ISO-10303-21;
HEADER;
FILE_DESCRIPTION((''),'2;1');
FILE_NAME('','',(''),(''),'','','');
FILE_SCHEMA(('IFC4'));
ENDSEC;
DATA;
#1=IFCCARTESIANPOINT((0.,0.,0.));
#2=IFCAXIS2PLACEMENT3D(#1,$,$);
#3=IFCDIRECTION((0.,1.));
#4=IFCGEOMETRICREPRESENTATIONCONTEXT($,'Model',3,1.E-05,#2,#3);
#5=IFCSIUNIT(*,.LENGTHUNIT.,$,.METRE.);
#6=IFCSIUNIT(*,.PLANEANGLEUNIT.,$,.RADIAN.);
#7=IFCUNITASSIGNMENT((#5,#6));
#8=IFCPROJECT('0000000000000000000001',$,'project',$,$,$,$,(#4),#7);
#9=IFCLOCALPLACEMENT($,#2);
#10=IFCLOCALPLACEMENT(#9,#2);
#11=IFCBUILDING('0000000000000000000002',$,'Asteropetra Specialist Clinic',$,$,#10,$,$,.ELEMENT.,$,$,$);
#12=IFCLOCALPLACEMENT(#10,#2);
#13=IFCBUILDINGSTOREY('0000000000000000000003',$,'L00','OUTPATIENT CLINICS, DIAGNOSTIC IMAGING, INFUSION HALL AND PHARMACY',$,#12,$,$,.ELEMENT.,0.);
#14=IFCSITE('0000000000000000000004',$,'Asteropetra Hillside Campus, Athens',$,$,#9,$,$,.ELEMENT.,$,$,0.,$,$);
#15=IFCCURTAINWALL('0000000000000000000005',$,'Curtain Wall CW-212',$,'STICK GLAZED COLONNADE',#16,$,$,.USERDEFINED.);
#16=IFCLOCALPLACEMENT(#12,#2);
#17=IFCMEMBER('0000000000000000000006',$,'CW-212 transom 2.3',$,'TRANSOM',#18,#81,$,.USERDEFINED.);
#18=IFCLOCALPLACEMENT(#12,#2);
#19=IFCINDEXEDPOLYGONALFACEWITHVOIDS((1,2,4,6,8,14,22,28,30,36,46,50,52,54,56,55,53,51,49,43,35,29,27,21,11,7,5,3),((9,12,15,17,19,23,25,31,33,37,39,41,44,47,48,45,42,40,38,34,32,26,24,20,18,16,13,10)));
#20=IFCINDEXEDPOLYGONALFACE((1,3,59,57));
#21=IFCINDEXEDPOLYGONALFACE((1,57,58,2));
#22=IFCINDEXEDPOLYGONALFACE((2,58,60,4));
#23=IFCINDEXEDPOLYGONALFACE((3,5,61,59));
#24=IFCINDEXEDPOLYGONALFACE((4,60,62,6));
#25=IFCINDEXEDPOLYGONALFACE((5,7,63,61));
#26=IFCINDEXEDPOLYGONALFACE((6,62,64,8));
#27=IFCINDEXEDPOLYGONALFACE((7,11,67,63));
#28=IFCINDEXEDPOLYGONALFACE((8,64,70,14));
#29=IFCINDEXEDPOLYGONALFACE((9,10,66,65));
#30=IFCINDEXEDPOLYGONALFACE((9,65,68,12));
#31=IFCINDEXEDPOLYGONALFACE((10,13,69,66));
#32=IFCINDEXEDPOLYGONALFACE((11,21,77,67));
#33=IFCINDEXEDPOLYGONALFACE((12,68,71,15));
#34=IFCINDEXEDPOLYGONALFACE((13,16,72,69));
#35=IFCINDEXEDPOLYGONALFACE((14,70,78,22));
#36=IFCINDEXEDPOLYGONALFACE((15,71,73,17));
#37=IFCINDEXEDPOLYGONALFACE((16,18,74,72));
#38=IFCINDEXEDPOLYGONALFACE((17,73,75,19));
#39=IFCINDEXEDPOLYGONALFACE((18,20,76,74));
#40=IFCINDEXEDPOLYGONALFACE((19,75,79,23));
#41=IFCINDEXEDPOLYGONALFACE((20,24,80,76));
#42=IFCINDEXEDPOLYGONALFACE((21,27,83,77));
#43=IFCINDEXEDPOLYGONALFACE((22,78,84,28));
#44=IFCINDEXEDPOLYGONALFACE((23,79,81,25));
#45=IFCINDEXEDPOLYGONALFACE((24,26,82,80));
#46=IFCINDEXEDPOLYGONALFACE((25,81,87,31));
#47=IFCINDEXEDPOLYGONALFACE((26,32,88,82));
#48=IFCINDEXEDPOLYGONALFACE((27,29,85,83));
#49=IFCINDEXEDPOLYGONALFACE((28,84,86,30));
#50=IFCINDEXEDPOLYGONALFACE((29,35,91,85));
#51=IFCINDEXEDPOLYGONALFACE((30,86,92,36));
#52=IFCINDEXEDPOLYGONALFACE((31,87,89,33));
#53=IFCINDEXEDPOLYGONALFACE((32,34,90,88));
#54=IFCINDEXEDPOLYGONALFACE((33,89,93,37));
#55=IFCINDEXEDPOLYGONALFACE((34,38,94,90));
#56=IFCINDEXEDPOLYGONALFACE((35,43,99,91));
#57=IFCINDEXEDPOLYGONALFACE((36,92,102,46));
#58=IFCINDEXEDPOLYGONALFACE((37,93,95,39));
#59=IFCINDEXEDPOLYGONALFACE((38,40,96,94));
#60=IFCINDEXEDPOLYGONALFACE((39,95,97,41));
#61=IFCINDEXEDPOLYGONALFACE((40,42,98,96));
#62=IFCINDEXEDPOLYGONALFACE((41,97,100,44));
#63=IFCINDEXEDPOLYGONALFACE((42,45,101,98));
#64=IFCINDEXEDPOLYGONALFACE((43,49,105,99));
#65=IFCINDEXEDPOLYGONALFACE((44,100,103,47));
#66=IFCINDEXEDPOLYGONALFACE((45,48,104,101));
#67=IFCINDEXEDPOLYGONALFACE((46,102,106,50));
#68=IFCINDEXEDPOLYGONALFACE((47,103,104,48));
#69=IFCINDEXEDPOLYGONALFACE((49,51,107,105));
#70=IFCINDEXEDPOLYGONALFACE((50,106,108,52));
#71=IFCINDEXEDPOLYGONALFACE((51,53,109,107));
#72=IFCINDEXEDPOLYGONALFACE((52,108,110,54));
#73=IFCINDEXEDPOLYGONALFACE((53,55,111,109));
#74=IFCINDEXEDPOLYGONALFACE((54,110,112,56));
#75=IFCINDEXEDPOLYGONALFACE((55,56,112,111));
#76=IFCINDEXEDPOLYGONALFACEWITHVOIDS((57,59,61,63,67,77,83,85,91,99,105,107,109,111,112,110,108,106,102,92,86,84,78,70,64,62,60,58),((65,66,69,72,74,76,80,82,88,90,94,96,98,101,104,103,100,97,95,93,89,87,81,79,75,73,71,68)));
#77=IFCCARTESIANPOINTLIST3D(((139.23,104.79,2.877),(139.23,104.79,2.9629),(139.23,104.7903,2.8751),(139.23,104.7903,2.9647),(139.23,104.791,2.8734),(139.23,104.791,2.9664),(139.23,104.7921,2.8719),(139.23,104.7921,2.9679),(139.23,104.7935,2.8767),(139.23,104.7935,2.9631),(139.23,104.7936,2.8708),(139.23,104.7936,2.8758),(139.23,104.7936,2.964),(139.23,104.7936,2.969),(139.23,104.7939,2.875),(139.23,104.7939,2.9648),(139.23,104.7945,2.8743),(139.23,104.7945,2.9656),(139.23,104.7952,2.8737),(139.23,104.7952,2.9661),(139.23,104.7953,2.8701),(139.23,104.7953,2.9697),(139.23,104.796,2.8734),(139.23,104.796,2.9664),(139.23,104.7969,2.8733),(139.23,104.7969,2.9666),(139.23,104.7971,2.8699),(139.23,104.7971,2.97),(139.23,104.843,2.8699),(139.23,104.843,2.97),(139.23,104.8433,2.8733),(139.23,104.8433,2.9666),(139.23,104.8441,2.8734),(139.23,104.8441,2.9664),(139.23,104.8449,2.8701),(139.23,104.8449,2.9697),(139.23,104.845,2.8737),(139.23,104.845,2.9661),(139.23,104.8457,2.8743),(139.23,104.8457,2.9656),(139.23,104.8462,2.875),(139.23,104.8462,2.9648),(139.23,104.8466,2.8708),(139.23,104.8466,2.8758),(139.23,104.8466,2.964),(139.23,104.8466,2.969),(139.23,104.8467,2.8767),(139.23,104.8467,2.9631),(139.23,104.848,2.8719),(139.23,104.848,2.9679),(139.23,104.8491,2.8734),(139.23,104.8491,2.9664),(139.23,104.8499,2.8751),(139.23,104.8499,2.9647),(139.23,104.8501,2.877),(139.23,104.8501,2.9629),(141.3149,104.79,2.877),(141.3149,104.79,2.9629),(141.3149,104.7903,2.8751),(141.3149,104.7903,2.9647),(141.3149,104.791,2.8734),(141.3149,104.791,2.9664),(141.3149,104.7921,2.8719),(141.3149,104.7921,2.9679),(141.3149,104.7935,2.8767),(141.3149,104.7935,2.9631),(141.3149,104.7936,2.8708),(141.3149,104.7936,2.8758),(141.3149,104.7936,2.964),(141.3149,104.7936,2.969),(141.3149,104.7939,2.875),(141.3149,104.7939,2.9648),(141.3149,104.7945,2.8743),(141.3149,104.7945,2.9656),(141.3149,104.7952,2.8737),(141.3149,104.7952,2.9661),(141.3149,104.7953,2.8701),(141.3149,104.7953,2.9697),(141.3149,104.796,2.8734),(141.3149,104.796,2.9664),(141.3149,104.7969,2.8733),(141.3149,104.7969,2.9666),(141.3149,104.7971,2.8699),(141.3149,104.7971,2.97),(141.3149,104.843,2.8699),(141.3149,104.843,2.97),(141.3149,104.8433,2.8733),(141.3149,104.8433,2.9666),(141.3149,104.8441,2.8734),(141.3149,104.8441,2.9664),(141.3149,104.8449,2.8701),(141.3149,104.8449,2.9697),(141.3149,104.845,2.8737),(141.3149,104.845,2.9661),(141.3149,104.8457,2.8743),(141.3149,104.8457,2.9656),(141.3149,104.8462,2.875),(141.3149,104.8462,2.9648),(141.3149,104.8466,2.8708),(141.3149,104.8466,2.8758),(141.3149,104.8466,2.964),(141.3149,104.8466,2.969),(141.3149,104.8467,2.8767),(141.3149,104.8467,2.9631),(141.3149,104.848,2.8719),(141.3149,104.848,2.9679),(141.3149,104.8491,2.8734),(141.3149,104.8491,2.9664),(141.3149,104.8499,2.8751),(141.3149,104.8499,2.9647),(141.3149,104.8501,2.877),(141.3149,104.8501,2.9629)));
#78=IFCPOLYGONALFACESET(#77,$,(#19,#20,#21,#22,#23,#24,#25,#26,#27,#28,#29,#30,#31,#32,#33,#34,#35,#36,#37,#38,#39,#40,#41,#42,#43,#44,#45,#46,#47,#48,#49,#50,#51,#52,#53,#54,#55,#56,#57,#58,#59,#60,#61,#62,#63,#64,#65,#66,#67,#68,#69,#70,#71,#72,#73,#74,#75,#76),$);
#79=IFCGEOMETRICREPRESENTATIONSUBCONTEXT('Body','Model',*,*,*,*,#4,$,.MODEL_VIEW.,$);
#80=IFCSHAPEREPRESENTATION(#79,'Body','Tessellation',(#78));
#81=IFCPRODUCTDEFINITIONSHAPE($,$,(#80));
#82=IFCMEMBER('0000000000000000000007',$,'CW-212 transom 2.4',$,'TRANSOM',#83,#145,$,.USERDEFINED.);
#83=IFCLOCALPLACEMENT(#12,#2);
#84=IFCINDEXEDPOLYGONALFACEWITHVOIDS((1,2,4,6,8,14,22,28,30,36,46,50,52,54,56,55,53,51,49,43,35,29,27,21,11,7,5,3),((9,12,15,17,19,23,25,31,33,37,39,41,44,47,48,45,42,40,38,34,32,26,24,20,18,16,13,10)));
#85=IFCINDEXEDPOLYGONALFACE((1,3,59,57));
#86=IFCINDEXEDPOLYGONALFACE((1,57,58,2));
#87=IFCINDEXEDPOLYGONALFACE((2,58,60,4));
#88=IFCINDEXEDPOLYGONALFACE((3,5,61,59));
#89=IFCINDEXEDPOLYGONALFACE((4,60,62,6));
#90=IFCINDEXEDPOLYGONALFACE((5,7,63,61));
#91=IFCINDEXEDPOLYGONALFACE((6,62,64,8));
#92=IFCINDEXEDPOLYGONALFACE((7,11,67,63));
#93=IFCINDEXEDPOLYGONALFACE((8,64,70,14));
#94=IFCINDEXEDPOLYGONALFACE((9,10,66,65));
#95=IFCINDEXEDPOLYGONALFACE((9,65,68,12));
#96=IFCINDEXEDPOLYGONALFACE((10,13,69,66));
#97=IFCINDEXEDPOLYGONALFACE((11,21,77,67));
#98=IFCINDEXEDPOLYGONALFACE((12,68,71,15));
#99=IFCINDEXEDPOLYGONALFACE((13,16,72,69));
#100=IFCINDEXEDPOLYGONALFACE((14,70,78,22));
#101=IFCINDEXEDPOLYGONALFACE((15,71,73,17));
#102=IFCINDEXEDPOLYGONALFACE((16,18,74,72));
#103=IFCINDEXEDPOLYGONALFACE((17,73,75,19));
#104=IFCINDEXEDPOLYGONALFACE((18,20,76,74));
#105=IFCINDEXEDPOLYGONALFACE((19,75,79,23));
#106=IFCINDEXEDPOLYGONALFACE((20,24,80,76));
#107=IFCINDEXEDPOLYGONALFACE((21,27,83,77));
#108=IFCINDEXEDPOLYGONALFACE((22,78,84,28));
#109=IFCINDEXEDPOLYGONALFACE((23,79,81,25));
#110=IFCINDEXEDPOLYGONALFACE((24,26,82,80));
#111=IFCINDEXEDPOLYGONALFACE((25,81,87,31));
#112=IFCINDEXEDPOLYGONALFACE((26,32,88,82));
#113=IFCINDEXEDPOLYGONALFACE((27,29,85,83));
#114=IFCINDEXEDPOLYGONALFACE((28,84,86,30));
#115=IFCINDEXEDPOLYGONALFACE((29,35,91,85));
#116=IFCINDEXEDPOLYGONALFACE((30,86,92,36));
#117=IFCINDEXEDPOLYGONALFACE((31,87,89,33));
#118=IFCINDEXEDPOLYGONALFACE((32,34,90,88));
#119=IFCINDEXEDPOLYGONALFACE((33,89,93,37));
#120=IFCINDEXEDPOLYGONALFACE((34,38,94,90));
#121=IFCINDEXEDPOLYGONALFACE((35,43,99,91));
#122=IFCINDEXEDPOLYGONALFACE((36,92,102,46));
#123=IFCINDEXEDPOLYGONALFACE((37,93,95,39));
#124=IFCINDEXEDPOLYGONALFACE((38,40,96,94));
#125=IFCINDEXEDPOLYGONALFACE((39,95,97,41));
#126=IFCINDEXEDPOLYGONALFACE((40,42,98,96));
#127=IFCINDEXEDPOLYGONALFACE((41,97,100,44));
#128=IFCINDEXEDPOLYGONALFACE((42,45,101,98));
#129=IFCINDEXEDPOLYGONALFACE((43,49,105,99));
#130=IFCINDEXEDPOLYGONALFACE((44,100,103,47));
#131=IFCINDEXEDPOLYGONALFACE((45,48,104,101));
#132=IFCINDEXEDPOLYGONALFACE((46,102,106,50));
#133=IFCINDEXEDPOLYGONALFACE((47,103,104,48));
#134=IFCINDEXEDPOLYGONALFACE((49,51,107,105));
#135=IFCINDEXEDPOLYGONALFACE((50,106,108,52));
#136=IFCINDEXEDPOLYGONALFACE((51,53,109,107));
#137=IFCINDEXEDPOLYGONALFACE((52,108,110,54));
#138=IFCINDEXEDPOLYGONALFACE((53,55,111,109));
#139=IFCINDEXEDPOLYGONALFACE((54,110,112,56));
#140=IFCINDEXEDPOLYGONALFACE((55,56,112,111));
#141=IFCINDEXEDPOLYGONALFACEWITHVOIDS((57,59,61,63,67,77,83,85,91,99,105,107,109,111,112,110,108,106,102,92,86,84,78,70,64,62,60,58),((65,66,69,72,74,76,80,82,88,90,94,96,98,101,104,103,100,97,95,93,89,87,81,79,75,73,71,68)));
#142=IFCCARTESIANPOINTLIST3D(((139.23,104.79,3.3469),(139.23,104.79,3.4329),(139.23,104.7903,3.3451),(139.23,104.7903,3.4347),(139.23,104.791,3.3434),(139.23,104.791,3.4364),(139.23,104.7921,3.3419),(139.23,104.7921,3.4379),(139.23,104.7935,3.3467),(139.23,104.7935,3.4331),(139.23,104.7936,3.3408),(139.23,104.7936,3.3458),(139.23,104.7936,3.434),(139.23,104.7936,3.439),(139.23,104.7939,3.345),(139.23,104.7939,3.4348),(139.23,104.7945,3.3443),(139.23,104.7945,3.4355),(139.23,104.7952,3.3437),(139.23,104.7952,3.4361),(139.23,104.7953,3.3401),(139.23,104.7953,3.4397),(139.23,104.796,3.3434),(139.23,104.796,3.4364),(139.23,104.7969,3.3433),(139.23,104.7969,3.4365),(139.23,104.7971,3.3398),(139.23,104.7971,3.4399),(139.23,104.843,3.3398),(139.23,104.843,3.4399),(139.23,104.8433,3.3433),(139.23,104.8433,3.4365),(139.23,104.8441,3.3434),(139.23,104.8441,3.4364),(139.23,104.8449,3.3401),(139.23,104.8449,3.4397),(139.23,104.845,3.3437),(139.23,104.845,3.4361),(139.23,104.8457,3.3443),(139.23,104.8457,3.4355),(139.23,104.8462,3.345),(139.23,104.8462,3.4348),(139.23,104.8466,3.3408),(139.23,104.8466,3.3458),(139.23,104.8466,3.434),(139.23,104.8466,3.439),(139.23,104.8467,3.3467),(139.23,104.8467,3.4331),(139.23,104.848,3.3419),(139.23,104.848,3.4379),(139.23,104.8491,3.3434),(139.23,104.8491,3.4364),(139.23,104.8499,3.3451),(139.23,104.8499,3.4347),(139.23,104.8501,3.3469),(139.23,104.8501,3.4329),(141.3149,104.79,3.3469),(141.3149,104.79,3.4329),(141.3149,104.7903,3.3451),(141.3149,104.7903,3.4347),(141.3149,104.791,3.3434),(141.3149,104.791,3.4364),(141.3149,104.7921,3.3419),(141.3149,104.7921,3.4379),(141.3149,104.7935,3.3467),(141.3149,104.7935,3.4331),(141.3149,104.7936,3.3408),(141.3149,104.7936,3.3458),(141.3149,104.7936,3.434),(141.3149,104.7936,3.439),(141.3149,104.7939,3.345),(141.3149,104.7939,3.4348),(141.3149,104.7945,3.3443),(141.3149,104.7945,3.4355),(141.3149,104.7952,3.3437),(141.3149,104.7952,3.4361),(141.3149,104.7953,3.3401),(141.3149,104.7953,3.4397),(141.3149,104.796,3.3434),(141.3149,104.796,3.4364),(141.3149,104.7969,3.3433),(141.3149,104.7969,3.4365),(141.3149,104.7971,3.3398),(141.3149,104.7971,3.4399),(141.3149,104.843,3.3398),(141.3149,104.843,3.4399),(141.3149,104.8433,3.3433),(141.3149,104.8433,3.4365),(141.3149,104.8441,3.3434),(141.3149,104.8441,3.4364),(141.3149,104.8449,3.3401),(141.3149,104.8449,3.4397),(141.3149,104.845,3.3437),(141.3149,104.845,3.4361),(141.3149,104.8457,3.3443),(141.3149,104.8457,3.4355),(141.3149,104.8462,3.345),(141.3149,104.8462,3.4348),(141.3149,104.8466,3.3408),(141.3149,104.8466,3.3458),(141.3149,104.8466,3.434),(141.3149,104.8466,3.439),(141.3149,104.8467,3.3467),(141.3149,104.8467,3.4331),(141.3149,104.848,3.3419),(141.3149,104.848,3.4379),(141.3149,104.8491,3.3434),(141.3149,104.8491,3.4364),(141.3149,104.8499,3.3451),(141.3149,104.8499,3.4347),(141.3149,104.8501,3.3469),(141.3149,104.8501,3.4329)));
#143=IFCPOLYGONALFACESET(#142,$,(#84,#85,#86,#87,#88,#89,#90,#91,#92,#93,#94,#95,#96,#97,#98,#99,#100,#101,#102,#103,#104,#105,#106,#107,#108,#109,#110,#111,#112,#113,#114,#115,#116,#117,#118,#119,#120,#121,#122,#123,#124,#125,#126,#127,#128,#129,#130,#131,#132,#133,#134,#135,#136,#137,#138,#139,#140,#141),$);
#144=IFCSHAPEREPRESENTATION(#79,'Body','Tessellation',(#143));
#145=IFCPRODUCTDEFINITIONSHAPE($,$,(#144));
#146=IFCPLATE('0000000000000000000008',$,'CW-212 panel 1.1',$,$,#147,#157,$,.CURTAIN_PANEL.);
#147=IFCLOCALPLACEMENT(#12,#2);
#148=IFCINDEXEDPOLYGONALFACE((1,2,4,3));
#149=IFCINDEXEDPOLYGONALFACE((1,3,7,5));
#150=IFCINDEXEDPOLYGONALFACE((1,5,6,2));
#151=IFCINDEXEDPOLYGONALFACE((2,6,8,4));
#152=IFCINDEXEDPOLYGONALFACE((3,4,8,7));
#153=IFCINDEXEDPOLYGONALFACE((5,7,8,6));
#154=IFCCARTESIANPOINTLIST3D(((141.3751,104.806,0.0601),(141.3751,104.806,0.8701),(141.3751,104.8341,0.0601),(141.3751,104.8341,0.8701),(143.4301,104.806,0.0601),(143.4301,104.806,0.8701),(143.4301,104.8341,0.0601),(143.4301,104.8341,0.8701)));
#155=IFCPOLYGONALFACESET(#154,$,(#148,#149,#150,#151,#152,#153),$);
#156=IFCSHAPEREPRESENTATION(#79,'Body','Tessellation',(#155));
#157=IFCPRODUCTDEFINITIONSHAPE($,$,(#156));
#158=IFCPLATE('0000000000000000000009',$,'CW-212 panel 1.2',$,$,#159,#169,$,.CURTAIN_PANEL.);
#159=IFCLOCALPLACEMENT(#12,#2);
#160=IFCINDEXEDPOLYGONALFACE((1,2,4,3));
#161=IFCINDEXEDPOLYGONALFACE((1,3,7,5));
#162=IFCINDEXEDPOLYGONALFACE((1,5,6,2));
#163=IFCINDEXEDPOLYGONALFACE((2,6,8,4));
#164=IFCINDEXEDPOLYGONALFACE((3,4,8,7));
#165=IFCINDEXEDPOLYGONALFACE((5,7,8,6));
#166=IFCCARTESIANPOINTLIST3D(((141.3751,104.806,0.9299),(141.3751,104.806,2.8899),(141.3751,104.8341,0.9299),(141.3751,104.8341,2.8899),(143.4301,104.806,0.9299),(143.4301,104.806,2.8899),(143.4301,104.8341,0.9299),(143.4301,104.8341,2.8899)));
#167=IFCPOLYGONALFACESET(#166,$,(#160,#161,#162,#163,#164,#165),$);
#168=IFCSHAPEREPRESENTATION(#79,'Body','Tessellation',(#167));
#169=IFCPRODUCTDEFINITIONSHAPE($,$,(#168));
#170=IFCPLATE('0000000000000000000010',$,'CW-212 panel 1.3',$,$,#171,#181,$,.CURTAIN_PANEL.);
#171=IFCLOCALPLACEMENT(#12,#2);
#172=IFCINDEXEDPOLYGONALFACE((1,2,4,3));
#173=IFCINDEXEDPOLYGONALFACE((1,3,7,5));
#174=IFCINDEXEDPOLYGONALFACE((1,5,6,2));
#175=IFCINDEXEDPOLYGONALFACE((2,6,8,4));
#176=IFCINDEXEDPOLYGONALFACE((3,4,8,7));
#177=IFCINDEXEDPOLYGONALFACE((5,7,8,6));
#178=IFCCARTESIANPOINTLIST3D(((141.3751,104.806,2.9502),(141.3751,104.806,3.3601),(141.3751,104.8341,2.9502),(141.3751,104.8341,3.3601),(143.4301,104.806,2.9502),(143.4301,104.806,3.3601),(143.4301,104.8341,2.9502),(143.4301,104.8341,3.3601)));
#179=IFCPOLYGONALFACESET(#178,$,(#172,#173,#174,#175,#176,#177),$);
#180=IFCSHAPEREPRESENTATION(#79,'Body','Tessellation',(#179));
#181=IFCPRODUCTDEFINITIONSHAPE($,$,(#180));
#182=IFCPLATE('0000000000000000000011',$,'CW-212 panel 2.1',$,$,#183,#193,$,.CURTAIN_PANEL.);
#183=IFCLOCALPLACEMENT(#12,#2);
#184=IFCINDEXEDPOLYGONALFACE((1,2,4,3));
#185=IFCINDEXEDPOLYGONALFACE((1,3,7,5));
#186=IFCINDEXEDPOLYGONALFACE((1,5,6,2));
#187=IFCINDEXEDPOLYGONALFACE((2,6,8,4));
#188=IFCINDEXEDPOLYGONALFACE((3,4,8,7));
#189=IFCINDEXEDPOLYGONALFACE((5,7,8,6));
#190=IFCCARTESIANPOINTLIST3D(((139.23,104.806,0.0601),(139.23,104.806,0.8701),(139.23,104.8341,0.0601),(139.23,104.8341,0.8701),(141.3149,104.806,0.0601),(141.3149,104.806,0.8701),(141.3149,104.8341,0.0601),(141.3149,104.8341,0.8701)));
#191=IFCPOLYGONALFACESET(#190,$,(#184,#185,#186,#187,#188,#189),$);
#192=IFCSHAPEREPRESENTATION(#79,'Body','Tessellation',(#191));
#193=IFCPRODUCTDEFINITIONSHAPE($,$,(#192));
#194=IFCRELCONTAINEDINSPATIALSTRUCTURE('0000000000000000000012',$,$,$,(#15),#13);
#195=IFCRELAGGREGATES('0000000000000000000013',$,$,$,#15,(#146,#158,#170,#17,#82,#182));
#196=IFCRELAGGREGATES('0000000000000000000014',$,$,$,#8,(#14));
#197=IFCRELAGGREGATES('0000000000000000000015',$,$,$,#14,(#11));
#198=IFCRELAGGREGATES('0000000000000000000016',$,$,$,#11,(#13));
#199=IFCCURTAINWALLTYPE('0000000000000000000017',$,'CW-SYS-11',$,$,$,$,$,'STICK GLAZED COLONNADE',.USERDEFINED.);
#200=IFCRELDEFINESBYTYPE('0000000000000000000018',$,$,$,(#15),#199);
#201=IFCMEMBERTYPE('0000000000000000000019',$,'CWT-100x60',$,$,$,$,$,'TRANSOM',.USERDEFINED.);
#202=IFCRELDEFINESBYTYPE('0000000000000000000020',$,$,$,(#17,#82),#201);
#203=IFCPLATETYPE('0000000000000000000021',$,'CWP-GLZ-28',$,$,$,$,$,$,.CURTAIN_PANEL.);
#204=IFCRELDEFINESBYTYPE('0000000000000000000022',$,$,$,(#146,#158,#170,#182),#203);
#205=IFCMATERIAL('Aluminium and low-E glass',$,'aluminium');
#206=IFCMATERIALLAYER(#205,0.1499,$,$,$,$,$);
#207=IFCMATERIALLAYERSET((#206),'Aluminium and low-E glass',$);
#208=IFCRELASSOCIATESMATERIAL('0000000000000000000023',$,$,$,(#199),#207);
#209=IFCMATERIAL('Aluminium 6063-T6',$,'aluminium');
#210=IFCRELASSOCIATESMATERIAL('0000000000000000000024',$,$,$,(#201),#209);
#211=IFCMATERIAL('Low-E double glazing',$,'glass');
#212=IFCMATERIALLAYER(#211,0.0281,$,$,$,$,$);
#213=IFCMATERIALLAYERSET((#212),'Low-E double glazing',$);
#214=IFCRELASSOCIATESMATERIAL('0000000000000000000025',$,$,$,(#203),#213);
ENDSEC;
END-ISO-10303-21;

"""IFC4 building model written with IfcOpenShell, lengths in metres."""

from ifc_helpers import new_model, si_unit, direction, frame, origin, origin_2d, place, context, subcontext, project, spatial, rectangle, hollow_rectangle, extrude, material, layer, layer_set, material_profile, profile_set, type_object, element, aggregate, save


model = new_model("IFC4")

# Units and contexts
model_context = context("Model", 3, precision=1e-05, world=origin(), true_north=direction((0.0, 1.0)))
body_context = subcontext(model_context, "Body", "Model", "MODEL_VIEW")
ifc_project = project(units=[si_unit("LENGTHUNIT", "METRE"), si_unit("PLANEANGLEUNIT", "RADIAN")], contexts=[model_context])

# Site, building, storey
site_placement = place(None, origin())
site = spatial("IfcSite", under=ifc_project, at=site_placement, Name="Asteropetra Hillside Campus, Athens", CompositionType="ELEMENT", RefElevation=0.0)
building_placement = place(site_placement, origin())
building = spatial("IfcBuilding", under=site, at=building_placement, Name="Asteropetra Specialist Clinic", CompositionType="ELEMENT")
storey_placement = place(building_placement, origin())
storey = spatial("IfcBuildingStorey", under=building, at=storey_placement, Name="L00", Description="OUTPATIENT CLINICS, DIAGNOSTIC IMAGING, INFUSION HALL AND PHARMACY", CompositionType="ELEMENT", Elevation=0.0)

# Curtain wall, members, plates
ifc_material_1 = material(Name="Aluminium and low-E glass", Category="aluminium")
ifc_layer_1 = layer(ifc_material_1, 0.1499)
ifc_layer_set_1 = layer_set([ifc_layer_1], Name="Aluminium and low-E glass")
curtain_wall_type = type_object("IfcCurtainWallType", Name="CW-SYS-11", ElementType="STICK GLAZED COLONNADE", PredefinedType="USERDEFINED", material=ifc_layer_set_1)
curtain_wall_placement = place(storey_placement, origin())
curtain_wall = element("IfcCurtainWall", 1, at=curtain_wall_placement, inside=storey, type_object=curtain_wall_type, Name="Curtain Wall CW-212", ObjectType="STICK GLAZED COLONNADE", PredefinedType="USERDEFINED")
ifc_material_2 = material(Name="Aluminium 6063-T6", Category="aluminium")
ifc_material_profile_1 = material_profile(ifc_material_2, hollow_rectangle(XDim=0.0601, YDim=0.1001, WallThickness=0.0034, InnerFilletRadius=0.0034, OuterFilletRadius=0.0071, at=origin_2d()), Name="TRN 100x60x3.5")
ifc_profile_set_1 = profile_set([ifc_material_profile_1], Name="Aluminium 6063-T6")
member_type_1 = type_object("IfcMemberType", Name="CWT-100x60", ElementType="TRANSOM", PredefinedType="USERDEFINED", material=ifc_profile_set_1)
member_1_placement = place(storey_placement, frame((141.3149, 104.8201, 2.9199), z_axis=(-1.0, 0.0, 0.0), x_axis=(0.0, -1.0, 0.0)))
member_1 = element("IfcMember", 2, at=member_1_placement, type_object=member_type_1, Name="CW-212 transom 2.3", ObjectType="TRANSOM", PredefinedType="USERDEFINED", context=body_context, shape_type="SweptSolid", body=[
    extrude(hollow_rectangle(XDim=0.0601, YDim=0.1001, WallThickness=0.0034, InnerFilletRadius=0.0034, OuterFilletRadius=0.0071, at=origin_2d()), origin(), (0.0, 0.0, 1.0), 2.085),
])
member_2_placement = place(storey_placement, frame((141.3149, 104.8201, 3.3899), z_axis=(-1.0, 0.0, 0.0), x_axis=(0.0, -1.0, 0.0)))
member_2 = element("IfcMember", 3, at=member_2_placement, type_object=member_type_1, Name="CW-212 transom 2.4", ObjectType="TRANSOM", PredefinedType="USERDEFINED", context=body_context, shape_type="SweptSolid", body=[
    extrude(hollow_rectangle(XDim=0.0601, YDim=0.1001, WallThickness=0.0034, InnerFilletRadius=0.0034, OuterFilletRadius=0.0071, at=origin_2d()), origin(), (0.0, 0.0, 1.0), 2.085),
])
ifc_material_3 = material(Name="Low-E double glazing", Category="glass")
ifc_layer_2 = layer(ifc_material_3, 0.0281)
ifc_layer_set_2 = layer_set([ifc_layer_2], Name="Low-E double glazing")
plate_type = type_object("IfcPlateType", Name="CWP-GLZ-28", PredefinedType="CURTAIN_PANEL", material=ifc_layer_set_2)
plate_1_placement = place(storey_placement, frame((142.4026, 104.8201, 0.0601), z_axis=(0.0, 0.0, 1.0), x_axis=(-1.0, 0.0, 0.0)))
plate_1 = element("IfcPlate", 4, at=plate_1_placement, type_object=plate_type, Name="CW-212 panel 1.1", PredefinedType="CURTAIN_PANEL", context=body_context, shape_type="SweptSolid", body=[
    extrude(rectangle(XDim=2.0549, YDim=0.0281, at=origin_2d()), origin(), (0.0, 0.0, 1.0), 0.8101),
])
plate_2_placement = place(storey_placement, frame((142.4026, 104.8201, 0.9299), z_axis=(0.0, 0.0, 1.0), x_axis=(-1.0, 0.0, 0.0)))
plate_2 = element("IfcPlate", 5, at=plate_2_placement, type_object=plate_type, Name="CW-212 panel 1.2", PredefinedType="CURTAIN_PANEL", context=body_context, shape_type="SweptSolid", body=[
    extrude(rectangle(XDim=2.0549, YDim=0.0281, at=origin_2d()), origin(), (0.0, 0.0, 1.0), 1.96),
])
plate_3_placement = place(storey_placement, frame((142.4026, 104.8201, 2.9502), z_axis=(0.0, 0.0, 1.0), x_axis=(-1.0, 0.0, 0.0)))
plate_3 = element("IfcPlate", 6, at=plate_3_placement, type_object=plate_type, Name="CW-212 panel 1.3", PredefinedType="CURTAIN_PANEL", context=body_context, shape_type="SweptSolid", body=[
    extrude(rectangle(XDim=2.0549, YDim=0.0281, at=origin_2d()), origin(), (0.0, 0.0, 1.0), 0.4099),
])
plate_4_placement = place(storey_placement, frame((140.2725, 104.8201, 0.0601), z_axis=(0.0, 0.0, 1.0), x_axis=(-1.0, 0.0, 0.0)))
plate_4 = element("IfcPlate", 7, at=plate_4_placement, type_object=plate_type, Name="CW-212 panel 2.1", PredefinedType="CURTAIN_PANEL", context=body_context, shape_type="SweptSolid", body=[
    extrude(rectangle(XDim=2.085, YDim=0.0281, at=origin_2d()), origin(), (0.0, 0.0, 1.0), 0.8101),
])
aggregate(curtain_wall, [plate_1, plate_2, plate_3, member_1, member_2, plate_4])

save(model, "model.ifc")
